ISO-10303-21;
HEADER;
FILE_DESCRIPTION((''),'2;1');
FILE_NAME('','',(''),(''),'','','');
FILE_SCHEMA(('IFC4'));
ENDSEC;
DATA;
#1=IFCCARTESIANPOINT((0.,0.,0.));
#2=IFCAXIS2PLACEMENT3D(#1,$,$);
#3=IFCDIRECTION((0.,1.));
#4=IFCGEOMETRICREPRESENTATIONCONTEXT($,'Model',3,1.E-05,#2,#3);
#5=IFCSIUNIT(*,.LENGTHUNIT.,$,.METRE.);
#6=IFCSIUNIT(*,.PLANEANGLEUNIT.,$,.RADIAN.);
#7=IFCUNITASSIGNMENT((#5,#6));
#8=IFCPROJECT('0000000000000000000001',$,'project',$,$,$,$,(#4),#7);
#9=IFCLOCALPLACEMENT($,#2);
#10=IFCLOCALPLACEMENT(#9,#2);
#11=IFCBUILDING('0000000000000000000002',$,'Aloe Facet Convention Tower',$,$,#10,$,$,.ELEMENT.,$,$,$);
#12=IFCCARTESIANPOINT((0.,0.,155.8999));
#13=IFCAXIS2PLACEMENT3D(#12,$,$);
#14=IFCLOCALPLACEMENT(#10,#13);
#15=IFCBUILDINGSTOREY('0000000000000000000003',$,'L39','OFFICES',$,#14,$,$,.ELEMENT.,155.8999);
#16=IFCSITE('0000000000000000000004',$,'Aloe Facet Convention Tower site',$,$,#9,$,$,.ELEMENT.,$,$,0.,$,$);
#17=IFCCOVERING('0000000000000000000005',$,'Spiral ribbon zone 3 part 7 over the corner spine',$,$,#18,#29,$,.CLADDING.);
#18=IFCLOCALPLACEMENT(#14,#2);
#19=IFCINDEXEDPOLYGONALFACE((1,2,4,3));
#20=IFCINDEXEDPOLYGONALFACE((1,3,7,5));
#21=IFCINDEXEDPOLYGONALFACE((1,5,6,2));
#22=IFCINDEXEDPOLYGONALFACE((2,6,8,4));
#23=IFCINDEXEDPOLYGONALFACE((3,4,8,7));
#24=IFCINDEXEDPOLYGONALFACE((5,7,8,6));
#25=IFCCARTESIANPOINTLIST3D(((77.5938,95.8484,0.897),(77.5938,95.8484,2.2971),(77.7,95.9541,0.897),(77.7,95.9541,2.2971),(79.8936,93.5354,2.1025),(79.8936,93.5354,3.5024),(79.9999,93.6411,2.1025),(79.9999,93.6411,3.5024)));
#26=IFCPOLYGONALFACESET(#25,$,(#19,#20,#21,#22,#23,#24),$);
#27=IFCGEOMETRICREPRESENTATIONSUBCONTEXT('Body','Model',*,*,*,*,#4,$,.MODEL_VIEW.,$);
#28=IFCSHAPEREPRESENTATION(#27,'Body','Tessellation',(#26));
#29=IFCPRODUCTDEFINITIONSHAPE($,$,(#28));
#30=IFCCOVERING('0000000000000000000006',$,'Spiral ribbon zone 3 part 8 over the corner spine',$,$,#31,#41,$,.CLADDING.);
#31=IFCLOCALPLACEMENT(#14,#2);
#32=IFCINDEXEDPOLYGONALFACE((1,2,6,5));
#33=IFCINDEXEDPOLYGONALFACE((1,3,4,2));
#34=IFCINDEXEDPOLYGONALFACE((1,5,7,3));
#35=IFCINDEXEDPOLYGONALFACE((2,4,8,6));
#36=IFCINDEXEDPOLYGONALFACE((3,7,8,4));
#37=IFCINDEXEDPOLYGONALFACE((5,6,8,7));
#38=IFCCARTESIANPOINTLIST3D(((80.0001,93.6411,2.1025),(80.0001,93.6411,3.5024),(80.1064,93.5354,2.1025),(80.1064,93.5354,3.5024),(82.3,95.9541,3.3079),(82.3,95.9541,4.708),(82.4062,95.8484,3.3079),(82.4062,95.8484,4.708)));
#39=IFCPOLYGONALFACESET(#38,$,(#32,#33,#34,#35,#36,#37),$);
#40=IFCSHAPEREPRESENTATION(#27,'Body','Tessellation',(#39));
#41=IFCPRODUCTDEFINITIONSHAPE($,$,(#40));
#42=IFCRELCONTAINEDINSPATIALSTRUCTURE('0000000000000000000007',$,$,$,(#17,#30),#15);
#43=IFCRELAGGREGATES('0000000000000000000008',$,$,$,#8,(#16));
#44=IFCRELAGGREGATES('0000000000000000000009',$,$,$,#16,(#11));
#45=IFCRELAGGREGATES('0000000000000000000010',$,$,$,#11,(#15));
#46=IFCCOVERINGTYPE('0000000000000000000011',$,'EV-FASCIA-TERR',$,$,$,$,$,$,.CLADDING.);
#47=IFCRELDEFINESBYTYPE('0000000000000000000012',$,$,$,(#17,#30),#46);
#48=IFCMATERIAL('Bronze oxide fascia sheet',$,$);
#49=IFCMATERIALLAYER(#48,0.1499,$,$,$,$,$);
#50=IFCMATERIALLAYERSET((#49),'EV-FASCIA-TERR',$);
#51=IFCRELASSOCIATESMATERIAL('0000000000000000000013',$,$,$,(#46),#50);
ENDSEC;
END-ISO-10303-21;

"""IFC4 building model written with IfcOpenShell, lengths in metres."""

from ifc_helpers import new_model, si_unit, direction, frame, origin, place, context, subcontext, project, spatial, polyline, outline, extrude, material, layer, layer_set, type_object, element, save


model = new_model("IFC4")

# Units and contexts
model_context = context("Model", 3, precision=1e-05, world=origin(), true_north=direction((0.0, 1.0)))
body_context = subcontext(model_context, "Body", "Model", "MODEL_VIEW")
ifc_project = project(units=[si_unit("LENGTHUNIT", "METRE"), si_unit("PLANEANGLEUNIT", "RADIAN")], contexts=[model_context])

# Site, building, storey
site_placement = place(None, origin())
site = spatial("IfcSite", under=ifc_project, at=site_placement, Name="Aloe Facet Convention Tower site", CompositionType="ELEMENT", RefElevation=0.0)
building_placement = place(site_placement, origin())
building = spatial("IfcBuilding", under=site, at=building_placement, Name="Aloe Facet Convention Tower", CompositionType="ELEMENT")
storey_placement = place(building_placement, frame((0.0, 0.0, 155.8999)))
storey = spatial("IfcBuildingStorey", under=building, at=storey_placement, Name="L39", Description="OFFICES", CompositionType="ELEMENT", Elevation=155.8999)

# Coverings
ifc_material_1 = material(Name="Bronze oxide fascia sheet")
ifc_layer_1 = layer(ifc_material_1, 0.1499)
ifc_layer_set_1 = layer_set([ifc_layer_1], Name="EV-FASCIA-TERR")
covering_type = type_object("IfcCoveringType", Name="EV-FASCIA-TERR", PredefinedType="CLADDING", material=ifc_layer_set_1)
covering_1_placement = place(storey_placement, frame((77.5938, 95.8484, 0.897), z_axis=(-0.709125, -0.705083, 0.0), x_axis=(0.661355, -0.665146, 0.346685)))
element("IfcCovering", 1, at=covering_1_placement, inside=storey, type_object=covering_type, Name="Spiral ribbon zone 3 part 7 over the corner spine", PredefinedType="CLADDING", context=body_context, shape_type="SweptSolid", body=[
    extrude(outline(polyline([(0.0, 0.0), (3.4774, 0.0), (3.9627, 1.3131), (0.4854, 1.3133), (0.0, 0.0)])), origin(), (0.0, 0.0, -1.0), 0.1499),
])
covering_2_placement = place(storey_placement, frame((80.1064, 93.5354, 2.1025), z_axis=(0.709125, -0.705083, 0.0), x_axis=(0.661371, 0.665162, 0.346623)))
element("IfcCovering", 2, at=covering_2_placement, inside=storey, type_object=covering_type, Name="Spiral ribbon zone 3 part 8 over the corner spine", PredefinedType="CLADDING", context=body_context, shape_type="SweptSolid", body=[
    extrude(outline(polyline([(0.0, 0.0), (3.4773, 0.0), (3.9627, 1.3133), (0.4852, 1.3131), (0.0, 0.0)])), origin(), (0.0, 0.0, -1.0), 0.1499),
])

save(model, "model.ifc")
